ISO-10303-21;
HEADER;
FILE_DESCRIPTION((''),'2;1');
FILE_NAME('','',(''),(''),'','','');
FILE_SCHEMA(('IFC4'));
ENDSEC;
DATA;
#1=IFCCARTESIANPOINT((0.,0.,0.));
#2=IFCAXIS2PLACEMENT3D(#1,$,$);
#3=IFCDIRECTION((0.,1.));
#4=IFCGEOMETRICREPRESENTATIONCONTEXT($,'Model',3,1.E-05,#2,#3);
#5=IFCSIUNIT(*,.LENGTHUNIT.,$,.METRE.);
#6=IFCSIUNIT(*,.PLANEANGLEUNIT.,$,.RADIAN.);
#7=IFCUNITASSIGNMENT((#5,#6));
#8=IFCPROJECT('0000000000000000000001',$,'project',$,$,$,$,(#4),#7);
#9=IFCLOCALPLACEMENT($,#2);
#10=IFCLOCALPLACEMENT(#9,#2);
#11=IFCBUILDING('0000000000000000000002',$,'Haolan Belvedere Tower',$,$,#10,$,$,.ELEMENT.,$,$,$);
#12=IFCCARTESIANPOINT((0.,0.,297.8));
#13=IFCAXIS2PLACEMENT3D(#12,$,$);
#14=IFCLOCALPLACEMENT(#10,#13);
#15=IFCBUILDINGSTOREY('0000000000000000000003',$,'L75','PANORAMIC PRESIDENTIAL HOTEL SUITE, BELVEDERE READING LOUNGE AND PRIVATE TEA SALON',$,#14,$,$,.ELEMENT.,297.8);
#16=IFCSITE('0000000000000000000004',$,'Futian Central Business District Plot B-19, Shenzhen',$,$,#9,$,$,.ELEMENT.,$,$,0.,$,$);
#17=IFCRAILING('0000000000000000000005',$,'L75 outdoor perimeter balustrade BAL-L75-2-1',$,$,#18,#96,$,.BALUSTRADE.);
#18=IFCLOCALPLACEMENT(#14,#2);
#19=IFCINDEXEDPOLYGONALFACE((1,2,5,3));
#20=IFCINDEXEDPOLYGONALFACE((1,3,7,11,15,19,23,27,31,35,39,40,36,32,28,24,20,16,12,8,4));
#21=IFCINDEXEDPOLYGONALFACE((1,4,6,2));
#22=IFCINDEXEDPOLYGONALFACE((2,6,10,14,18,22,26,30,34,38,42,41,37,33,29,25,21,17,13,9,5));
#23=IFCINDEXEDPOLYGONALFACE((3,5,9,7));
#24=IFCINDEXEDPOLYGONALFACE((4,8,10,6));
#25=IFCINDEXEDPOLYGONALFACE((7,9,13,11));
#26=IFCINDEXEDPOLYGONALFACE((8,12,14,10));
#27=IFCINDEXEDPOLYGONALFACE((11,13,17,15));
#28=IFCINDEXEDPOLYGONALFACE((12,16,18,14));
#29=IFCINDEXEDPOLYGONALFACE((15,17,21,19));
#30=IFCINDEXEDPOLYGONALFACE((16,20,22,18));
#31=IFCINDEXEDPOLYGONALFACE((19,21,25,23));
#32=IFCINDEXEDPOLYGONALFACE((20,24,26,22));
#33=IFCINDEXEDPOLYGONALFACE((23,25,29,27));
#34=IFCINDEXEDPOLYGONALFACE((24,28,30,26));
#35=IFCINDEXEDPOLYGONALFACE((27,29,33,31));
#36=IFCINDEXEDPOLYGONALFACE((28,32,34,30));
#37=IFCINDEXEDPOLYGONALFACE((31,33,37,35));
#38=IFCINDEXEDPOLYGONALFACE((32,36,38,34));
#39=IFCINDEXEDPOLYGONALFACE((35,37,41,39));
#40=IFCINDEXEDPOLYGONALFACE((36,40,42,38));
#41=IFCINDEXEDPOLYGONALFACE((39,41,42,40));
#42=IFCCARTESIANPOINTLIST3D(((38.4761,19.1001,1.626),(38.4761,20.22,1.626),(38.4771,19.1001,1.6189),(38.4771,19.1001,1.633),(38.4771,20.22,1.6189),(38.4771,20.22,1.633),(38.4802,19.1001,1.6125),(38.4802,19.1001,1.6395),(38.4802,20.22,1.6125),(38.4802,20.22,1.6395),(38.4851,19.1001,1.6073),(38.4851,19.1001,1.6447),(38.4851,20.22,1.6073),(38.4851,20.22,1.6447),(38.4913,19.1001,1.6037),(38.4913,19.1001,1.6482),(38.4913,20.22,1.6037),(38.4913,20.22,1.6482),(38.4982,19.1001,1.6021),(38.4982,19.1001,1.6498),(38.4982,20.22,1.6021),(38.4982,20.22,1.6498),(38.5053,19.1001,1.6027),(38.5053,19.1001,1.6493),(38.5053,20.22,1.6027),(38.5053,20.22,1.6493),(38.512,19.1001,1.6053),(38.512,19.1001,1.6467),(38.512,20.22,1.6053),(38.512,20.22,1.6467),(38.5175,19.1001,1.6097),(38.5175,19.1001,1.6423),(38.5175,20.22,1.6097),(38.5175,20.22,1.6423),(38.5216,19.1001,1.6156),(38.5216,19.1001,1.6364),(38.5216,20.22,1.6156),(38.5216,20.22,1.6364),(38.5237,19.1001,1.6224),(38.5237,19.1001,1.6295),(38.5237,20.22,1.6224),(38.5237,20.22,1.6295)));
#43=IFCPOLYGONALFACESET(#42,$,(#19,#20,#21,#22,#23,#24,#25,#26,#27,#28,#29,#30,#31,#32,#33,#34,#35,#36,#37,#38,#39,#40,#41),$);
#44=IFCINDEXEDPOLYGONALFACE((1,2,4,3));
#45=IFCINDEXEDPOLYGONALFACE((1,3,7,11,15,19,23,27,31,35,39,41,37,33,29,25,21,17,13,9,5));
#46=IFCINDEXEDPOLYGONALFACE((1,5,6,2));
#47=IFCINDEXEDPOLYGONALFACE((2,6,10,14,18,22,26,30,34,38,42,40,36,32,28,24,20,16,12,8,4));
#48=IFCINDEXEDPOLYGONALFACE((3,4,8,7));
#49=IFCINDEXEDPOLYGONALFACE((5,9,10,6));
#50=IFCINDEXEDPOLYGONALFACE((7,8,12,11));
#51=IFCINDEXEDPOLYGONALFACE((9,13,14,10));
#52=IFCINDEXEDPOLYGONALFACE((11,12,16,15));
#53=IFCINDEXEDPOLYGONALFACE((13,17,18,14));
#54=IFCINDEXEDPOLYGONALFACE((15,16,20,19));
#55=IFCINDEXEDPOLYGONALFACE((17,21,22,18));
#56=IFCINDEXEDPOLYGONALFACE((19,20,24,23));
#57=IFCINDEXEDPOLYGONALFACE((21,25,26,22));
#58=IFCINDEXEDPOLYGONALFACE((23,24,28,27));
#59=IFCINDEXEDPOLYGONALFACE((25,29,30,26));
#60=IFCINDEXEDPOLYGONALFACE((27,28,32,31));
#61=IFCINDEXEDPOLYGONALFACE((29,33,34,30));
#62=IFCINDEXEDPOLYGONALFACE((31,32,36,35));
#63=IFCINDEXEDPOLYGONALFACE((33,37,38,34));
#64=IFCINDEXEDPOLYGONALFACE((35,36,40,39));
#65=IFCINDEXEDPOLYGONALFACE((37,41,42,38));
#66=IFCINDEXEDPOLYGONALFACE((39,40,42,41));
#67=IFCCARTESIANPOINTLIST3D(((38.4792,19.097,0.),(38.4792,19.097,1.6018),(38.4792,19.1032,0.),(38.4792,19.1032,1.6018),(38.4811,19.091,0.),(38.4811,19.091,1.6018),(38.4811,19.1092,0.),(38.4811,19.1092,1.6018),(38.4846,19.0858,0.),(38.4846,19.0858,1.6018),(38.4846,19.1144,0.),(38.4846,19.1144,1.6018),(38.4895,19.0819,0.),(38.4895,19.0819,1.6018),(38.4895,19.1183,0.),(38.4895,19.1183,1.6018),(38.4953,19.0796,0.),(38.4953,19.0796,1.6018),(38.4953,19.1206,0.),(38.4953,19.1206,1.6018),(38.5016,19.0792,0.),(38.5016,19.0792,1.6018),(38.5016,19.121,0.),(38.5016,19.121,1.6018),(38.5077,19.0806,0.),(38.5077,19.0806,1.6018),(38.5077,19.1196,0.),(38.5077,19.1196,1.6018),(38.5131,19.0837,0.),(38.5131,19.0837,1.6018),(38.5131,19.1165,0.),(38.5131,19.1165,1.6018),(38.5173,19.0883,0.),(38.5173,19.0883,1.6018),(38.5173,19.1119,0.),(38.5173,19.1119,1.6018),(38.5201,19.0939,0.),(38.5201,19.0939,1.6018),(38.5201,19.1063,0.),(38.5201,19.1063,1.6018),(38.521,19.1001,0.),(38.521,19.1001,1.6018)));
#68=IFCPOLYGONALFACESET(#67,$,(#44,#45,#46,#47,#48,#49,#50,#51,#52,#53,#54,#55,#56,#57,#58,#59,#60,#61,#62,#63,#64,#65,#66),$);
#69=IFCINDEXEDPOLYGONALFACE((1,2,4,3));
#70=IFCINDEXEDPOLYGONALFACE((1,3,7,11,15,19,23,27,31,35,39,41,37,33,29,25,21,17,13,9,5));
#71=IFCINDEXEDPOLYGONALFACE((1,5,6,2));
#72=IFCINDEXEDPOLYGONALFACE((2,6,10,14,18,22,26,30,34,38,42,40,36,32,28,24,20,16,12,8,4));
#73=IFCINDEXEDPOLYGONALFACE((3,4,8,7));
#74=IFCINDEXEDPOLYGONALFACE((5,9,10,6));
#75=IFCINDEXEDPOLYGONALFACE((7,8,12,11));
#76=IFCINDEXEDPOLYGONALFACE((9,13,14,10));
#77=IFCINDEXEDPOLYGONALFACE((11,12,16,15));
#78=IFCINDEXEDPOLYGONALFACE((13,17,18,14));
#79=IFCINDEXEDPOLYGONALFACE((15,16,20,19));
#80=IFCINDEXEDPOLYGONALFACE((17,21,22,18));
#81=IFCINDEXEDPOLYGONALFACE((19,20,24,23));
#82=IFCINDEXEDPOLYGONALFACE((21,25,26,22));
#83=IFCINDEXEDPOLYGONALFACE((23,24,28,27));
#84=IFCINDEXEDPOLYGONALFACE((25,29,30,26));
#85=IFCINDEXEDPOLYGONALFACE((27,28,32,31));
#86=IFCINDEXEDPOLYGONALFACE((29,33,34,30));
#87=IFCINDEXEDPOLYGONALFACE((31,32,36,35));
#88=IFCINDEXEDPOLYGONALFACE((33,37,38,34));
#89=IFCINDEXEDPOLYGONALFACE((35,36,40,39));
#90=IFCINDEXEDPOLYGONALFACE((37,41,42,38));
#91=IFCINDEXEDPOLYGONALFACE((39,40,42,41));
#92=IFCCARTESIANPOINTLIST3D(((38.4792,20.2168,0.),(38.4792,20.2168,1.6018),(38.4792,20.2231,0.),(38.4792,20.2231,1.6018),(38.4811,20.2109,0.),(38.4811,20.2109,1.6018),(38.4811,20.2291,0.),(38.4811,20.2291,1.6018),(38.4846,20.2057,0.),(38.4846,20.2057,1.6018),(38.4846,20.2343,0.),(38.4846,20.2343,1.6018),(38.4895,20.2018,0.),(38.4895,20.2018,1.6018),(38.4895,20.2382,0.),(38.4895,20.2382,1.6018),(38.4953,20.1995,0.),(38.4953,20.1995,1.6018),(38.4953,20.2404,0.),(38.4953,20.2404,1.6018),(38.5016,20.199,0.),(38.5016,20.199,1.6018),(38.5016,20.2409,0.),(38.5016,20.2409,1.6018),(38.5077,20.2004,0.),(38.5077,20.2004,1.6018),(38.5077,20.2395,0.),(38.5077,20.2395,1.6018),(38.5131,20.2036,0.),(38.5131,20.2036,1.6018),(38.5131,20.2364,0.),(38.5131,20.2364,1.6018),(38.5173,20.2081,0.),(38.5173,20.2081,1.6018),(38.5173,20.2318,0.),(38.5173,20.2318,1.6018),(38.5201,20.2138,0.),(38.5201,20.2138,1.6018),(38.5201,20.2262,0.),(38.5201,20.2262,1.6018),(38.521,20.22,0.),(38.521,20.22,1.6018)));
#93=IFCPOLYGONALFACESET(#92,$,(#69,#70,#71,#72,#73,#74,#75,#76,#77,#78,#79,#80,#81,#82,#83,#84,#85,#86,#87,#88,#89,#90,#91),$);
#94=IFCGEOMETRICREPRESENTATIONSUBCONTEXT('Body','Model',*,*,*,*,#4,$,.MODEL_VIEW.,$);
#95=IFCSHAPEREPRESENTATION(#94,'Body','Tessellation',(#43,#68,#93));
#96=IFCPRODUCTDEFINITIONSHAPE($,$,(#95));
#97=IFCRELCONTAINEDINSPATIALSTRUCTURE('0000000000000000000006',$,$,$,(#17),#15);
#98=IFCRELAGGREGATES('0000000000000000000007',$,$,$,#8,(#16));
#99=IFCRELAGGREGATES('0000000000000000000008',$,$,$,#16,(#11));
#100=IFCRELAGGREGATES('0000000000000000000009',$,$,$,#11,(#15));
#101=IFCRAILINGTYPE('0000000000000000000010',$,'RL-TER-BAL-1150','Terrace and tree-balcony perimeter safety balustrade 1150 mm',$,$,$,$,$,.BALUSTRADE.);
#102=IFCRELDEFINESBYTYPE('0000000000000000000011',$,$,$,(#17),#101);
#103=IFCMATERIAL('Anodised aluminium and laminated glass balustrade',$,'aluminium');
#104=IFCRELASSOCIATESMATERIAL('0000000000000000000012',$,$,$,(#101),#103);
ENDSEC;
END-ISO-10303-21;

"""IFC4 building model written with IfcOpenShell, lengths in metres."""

from ifc_helpers import new_model, si_unit, direction, frame, origin, origin_2d, place, context, subcontext, project, spatial, circle, extrude, material, type_object, element, save


model = new_model("IFC4")

# Units and contexts
model_context = context("Model", 3, precision=1e-05, world=origin(), true_north=direction((0.0, 1.0)))
body_context = subcontext(model_context, "Body", "Model", "MODEL_VIEW")
ifc_project = project(units=[si_unit("LENGTHUNIT", "METRE"), si_unit("PLANEANGLEUNIT", "RADIAN")], contexts=[model_context])

# Site, building, storey
site_placement = place(None, origin())
site = spatial("IfcSite", under=ifc_project, at=site_placement, Name="Futian Central Business District Plot B-19, Shenzhen", CompositionType="ELEMENT", RefElevation=0.0)
building_placement = place(site_placement, origin())
building = spatial("IfcBuilding", under=site, at=building_placement, Name="Haolan Belvedere Tower", CompositionType="ELEMENT")
storey_placement = place(building_placement, frame((0.0, 0.0, 297.8)))
storey = spatial("IfcBuildingStorey", under=building, at=storey_placement, Name="L75", Description="PANORAMIC PRESIDENTIAL HOTEL SUITE, BELVEDERE READING LOUNGE AND PRIVATE TEA SALON", CompositionType="ELEMENT", Elevation=297.8)

# Railing
ifc_material_1 = material(Name="Anodised aluminium and laminated glass balustrade", Category="aluminium")
railing_type = type_object("IfcRailingType", Name="RL-TER-BAL-1150", Description="Terrace and tree-balcony perimeter safety balustrade 1150 mm", PredefinedType="BALUSTRADE", material=ifc_material_1)
railing_1_placement = place(storey_placement, frame((38.5, 19.1001, 0.0)))
element("IfcRailing", 1, at=railing_1_placement, inside=storey, type_object=railing_type, Name="L75 outdoor perimeter balustrade BAL-L75-2-1", PredefinedType="BALUSTRADE", context=body_context, shape_type="SweptSolid", body=[
    extrude(circle(Radius=0.0239, at=origin_2d()), frame((0.0, 0.0, 1.626), z_axis=(0.0, 1.0, 0.0), x_axis=(-1.0, 0.0, 0.0)), (0.0, 0.0, 1.0), 1.1199),
    extrude(circle(Radius=0.021, at=origin_2d()), origin(), (0.0, 0.0, 1.0), 1.6018),
    extrude(circle(Radius=0.021, at=origin_2d()), frame((0.0, 1.1199, 0.0)), (0.0, 0.0, 1.0), 1.6018),
])

save(model, "model.ifc")
